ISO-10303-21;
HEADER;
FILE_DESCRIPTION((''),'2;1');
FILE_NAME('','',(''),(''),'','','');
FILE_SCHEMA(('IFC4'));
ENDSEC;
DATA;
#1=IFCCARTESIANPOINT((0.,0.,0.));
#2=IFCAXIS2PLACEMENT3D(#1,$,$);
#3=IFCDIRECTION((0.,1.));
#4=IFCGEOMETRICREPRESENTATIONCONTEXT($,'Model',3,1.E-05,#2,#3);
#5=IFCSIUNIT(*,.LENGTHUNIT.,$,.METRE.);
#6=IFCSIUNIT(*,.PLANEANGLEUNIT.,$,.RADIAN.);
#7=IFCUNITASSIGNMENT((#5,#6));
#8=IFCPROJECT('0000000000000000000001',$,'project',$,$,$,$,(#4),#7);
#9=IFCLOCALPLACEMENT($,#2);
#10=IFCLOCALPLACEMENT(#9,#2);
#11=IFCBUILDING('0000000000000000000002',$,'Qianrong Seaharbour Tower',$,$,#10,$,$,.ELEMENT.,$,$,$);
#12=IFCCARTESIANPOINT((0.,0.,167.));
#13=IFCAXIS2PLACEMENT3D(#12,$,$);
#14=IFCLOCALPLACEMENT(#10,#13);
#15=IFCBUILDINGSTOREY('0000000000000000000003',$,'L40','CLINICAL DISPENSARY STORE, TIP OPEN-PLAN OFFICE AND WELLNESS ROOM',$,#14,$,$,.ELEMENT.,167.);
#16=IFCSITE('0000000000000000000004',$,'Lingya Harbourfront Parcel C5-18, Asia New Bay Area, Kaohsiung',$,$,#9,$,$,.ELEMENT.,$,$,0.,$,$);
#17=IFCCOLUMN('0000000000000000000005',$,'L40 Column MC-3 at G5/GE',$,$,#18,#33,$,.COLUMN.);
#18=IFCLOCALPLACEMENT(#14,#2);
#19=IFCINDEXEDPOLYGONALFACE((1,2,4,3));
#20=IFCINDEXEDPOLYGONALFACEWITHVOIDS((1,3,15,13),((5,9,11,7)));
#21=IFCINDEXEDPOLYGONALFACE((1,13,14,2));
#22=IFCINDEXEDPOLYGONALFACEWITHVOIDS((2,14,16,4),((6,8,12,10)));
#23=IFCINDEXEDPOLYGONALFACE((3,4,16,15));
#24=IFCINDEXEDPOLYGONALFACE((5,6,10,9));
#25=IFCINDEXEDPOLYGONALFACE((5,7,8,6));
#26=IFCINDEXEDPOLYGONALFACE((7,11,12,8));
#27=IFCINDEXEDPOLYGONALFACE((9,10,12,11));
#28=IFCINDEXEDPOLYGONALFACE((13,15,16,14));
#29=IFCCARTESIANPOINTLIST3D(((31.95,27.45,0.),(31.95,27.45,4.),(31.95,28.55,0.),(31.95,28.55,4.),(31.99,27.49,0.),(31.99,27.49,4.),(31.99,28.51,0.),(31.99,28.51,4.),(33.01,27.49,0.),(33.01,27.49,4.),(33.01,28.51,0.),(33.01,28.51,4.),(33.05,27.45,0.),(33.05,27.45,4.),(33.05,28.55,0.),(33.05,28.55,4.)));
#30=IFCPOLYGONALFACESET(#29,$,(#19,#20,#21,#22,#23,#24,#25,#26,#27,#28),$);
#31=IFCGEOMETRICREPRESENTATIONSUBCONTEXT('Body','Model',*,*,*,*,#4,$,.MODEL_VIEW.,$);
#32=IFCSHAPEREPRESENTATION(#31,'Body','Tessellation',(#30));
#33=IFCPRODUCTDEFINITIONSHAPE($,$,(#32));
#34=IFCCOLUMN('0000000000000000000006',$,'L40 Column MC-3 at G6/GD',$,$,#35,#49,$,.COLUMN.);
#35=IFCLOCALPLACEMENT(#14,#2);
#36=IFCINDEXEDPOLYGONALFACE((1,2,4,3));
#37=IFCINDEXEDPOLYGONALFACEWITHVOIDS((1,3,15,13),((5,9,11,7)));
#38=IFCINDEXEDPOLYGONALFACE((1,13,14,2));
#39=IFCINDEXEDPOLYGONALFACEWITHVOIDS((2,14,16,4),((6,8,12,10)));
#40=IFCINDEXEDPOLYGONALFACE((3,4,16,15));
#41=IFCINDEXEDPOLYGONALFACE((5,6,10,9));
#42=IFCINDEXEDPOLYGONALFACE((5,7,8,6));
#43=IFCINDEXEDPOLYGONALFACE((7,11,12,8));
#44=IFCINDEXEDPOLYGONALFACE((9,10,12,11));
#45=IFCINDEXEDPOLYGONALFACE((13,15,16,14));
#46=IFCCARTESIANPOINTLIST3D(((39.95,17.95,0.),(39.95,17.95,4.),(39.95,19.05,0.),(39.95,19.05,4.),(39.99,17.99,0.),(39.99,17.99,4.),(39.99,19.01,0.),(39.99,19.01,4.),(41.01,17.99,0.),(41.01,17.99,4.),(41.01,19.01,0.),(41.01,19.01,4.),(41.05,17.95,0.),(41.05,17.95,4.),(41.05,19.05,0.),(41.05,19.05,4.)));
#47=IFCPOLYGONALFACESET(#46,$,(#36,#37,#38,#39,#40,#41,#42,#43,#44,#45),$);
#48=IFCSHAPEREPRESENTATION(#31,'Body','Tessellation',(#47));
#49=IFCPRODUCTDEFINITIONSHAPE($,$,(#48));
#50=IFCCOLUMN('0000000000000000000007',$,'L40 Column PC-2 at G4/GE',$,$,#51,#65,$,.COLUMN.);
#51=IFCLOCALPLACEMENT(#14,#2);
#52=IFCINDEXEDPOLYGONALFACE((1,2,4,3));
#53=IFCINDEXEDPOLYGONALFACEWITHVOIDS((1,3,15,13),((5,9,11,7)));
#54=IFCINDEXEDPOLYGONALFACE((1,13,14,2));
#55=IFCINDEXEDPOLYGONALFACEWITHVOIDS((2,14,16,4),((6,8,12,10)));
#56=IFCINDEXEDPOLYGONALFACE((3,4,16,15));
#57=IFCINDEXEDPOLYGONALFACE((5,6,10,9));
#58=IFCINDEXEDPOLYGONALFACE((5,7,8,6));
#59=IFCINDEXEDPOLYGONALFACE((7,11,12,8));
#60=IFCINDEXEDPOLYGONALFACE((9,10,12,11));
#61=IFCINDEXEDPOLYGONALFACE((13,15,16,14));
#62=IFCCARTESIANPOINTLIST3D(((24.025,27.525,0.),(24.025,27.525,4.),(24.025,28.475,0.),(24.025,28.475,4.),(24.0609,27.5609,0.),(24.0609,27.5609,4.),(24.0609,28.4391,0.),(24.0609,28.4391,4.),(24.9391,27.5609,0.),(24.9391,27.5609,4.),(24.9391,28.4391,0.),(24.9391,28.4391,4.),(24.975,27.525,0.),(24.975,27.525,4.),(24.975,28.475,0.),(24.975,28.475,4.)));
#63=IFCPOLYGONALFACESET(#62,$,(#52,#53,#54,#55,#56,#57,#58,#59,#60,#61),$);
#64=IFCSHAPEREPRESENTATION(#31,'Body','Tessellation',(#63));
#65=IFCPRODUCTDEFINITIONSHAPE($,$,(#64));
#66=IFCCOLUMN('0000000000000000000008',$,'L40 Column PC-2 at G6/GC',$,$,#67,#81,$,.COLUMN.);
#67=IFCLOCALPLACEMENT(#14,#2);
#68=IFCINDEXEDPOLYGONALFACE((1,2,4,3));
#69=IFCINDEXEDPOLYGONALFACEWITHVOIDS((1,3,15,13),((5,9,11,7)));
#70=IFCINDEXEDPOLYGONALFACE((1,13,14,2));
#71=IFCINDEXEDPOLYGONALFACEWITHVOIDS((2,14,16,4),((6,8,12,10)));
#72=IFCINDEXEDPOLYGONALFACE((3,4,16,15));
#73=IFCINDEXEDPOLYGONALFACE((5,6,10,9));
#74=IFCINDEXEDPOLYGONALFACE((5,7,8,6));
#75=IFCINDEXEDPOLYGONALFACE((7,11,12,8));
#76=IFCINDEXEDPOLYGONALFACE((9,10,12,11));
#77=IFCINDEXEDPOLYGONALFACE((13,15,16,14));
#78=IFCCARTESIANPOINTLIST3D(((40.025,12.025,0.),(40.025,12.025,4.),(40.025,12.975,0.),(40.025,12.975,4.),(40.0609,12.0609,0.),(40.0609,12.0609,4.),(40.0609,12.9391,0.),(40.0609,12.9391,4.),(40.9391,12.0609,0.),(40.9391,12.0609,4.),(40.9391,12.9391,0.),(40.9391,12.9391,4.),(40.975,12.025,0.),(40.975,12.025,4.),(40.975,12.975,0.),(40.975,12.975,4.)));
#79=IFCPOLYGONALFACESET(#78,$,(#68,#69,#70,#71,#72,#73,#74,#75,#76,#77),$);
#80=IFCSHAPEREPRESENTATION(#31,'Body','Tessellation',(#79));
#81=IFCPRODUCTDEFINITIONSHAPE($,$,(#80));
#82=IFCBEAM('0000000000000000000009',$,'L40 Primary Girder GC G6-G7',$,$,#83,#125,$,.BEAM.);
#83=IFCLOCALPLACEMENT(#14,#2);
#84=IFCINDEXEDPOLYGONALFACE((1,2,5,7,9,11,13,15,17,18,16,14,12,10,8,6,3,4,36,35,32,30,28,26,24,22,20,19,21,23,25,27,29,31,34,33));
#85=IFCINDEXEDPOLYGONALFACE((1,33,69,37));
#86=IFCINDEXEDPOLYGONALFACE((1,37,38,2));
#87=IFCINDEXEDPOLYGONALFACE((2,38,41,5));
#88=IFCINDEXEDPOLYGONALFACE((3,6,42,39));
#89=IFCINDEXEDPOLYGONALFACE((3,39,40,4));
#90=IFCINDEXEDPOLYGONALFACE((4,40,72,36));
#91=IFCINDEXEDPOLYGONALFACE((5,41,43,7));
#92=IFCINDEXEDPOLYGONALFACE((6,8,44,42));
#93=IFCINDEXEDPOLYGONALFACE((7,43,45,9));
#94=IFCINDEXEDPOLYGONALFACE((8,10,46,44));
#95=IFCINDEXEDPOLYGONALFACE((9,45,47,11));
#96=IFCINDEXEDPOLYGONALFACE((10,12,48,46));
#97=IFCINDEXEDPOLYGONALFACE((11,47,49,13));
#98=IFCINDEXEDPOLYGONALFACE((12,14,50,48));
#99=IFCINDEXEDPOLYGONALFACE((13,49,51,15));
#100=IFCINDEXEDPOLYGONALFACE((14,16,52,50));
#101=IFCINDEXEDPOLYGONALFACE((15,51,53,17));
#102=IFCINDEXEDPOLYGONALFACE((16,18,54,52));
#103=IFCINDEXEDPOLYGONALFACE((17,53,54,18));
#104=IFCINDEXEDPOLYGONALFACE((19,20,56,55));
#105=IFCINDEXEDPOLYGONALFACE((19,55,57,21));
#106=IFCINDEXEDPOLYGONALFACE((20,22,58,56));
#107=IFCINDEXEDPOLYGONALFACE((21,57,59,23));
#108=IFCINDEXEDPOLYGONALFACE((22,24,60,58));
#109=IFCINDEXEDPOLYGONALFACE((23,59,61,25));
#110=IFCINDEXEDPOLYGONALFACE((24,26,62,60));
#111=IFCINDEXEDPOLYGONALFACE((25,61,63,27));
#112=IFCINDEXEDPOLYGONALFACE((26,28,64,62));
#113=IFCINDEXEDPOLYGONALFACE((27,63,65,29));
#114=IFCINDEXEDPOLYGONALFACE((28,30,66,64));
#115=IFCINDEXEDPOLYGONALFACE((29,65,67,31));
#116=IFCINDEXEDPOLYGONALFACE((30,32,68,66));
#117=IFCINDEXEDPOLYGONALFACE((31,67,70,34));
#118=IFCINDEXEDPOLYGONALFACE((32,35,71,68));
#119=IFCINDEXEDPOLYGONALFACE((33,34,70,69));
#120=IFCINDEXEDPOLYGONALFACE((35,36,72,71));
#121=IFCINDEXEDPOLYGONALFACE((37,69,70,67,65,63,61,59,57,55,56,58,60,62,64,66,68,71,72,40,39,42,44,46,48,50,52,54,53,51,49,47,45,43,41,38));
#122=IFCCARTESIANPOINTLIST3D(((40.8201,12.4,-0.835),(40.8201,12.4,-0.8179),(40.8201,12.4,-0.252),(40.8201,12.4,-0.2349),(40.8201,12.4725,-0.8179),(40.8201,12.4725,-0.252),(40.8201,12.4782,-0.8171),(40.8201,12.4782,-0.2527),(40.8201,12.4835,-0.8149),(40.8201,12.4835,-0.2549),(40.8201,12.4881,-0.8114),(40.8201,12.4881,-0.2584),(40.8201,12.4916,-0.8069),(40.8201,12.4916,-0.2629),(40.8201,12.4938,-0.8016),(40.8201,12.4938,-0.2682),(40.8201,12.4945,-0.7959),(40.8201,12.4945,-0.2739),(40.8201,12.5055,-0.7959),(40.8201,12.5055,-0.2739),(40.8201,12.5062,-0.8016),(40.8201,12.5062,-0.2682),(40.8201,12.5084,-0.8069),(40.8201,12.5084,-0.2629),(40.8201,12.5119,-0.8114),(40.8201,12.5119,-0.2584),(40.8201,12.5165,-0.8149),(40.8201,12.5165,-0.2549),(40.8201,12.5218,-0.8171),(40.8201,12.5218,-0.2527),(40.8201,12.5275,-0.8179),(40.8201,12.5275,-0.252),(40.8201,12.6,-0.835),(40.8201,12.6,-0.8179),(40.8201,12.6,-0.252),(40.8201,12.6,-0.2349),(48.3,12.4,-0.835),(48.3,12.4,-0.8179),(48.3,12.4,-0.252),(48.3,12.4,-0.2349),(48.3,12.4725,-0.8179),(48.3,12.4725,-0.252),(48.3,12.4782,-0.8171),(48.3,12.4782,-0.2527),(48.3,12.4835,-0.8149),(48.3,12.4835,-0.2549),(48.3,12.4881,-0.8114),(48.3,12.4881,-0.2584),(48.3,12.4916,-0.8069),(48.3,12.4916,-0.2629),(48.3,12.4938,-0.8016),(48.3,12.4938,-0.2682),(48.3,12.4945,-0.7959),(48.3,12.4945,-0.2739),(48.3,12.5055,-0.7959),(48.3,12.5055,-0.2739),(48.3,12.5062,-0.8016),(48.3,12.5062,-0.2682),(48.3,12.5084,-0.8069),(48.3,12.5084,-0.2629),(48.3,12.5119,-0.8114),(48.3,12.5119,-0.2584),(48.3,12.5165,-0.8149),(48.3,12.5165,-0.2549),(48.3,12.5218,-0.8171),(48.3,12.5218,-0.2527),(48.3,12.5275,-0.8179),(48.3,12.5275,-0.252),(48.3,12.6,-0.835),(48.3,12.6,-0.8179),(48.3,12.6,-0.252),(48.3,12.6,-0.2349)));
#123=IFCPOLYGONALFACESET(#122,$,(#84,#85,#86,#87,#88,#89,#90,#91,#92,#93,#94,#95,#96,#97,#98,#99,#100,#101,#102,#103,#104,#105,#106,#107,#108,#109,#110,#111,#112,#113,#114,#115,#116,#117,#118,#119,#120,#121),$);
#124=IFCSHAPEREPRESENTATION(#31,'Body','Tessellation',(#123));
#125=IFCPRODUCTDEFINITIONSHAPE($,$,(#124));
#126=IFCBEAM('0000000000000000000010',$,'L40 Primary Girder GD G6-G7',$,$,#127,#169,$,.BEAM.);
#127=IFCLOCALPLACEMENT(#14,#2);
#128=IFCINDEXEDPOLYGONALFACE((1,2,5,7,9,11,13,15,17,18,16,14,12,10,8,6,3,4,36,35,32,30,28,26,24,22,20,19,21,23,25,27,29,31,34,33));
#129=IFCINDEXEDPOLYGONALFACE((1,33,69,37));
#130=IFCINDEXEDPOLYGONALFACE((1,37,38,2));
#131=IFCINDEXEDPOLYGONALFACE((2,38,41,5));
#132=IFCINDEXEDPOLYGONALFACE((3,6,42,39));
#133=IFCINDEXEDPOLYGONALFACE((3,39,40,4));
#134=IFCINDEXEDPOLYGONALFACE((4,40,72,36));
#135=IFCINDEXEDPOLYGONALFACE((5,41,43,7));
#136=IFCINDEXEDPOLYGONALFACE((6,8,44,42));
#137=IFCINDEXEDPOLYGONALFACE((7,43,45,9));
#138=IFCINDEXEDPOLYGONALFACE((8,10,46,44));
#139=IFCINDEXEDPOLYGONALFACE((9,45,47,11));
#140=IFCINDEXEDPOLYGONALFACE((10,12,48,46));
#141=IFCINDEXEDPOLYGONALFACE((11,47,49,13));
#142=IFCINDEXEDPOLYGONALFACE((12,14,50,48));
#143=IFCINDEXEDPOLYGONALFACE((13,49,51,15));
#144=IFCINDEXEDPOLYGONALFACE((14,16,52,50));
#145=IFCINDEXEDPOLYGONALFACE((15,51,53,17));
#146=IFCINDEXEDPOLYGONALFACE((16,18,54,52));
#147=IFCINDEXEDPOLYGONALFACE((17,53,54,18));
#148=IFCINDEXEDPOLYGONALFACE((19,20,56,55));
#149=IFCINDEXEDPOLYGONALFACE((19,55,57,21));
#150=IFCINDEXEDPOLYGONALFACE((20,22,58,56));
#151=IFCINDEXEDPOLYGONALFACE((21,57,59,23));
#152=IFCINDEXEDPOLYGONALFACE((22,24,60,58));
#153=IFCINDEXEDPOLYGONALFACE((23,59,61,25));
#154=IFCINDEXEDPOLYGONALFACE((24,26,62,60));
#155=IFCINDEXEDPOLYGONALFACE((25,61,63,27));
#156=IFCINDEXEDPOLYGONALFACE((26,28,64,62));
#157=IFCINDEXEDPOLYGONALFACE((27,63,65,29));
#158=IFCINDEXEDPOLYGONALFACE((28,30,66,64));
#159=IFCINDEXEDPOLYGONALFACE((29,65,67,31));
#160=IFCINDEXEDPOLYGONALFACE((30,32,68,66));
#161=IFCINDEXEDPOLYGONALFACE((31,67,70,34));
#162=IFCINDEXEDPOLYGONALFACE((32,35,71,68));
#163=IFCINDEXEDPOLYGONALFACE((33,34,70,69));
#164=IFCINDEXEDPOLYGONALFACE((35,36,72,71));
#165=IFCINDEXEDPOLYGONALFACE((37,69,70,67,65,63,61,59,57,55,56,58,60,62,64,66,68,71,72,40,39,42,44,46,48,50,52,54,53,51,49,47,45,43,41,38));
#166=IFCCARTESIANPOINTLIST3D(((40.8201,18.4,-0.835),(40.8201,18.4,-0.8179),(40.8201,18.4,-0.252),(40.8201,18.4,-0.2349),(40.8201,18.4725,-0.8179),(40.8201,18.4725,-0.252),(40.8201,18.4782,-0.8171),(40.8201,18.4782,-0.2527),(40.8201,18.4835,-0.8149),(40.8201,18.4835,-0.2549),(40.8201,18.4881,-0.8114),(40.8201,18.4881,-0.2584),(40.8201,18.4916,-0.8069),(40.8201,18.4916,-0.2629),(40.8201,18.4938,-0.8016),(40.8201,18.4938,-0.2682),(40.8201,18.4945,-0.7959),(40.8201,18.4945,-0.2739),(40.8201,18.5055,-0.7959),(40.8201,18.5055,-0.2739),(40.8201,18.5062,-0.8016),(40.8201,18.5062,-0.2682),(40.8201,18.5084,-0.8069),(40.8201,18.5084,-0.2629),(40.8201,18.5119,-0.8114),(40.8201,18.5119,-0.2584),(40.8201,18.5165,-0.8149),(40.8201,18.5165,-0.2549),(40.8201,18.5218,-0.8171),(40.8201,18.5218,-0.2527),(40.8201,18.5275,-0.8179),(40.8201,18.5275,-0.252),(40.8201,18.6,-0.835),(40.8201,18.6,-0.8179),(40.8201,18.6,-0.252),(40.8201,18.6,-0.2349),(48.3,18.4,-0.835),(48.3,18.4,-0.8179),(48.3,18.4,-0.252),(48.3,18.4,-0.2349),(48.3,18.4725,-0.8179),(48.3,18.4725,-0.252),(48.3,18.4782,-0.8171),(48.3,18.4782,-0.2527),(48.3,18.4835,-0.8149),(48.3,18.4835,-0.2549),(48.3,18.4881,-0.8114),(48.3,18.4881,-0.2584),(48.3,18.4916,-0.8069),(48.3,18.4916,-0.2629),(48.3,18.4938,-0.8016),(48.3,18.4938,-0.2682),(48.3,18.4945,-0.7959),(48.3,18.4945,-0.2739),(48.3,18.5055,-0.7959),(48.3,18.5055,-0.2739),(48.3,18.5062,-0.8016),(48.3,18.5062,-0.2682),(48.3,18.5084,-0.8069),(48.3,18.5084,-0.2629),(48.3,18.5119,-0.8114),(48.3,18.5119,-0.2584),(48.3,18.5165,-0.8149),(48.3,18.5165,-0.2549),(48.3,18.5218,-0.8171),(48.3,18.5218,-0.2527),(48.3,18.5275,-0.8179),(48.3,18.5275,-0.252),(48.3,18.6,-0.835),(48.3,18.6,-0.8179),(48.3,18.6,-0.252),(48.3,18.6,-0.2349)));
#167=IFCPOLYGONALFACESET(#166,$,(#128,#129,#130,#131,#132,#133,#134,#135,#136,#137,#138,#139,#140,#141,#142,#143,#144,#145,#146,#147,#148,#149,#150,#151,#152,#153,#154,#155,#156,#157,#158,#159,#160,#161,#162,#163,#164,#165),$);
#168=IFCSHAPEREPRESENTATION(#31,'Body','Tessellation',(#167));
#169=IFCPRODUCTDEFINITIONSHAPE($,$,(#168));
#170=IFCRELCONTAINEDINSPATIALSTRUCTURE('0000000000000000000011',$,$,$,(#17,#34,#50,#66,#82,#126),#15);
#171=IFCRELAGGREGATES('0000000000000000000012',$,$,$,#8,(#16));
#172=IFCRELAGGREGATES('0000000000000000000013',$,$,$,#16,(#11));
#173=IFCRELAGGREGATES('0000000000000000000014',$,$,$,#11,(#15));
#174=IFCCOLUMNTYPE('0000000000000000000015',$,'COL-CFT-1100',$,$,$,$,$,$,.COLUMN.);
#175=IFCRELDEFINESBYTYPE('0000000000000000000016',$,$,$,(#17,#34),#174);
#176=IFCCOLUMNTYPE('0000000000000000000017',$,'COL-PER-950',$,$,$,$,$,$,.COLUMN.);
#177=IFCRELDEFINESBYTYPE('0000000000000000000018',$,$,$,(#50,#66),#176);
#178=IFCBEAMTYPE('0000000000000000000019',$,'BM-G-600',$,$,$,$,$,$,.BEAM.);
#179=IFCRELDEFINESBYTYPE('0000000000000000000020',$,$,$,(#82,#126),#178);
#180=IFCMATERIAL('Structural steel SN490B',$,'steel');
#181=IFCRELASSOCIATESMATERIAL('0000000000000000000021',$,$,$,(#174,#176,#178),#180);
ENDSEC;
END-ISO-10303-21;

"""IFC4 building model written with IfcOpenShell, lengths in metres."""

from ifc_helpers import new_model, si_unit, direction, frame, origin, origin_2d, place, context, subcontext, project, spatial, hollow_rectangle, i_section, extrude, material, material_profile, profile_set, type_object, element, save


model = new_model("IFC4")

# Units and contexts
model_context = context("Model", 3, precision=1e-05, world=origin(), true_north=direction((0.0, 1.0)))
body_context = subcontext(model_context, "Body", "Model", "MODEL_VIEW")
ifc_project = project(units=[si_unit("LENGTHUNIT", "METRE"), si_unit("PLANEANGLEUNIT", "RADIAN")], contexts=[model_context])

# Site, building, storey
site_placement = place(None, origin())
site = spatial("IfcSite", under=ifc_project, at=site_placement, Name="Lingya Harbourfront Parcel C5-18, Asia New Bay Area, Kaohsiung", CompositionType="ELEMENT", RefElevation=0.0)
building_placement = place(site_placement, origin())
building = spatial("IfcBuilding", under=site, at=building_placement, Name="Qianrong Seaharbour Tower", CompositionType="ELEMENT")
storey_placement = place(building_placement, frame((0.0, 0.0, 167.0)))
storey = spatial("IfcBuildingStorey", under=building, at=storey_placement, Name="L40", Description="CLINICAL DISPENSARY STORE, TIP OPEN-PLAN OFFICE AND WELLNESS ROOM", CompositionType="ELEMENT", Elevation=167.0)

# Columns
ifc_material_1 = material(Name="Structural steel SN490B", Category="steel")
ifc_material_profile_1 = material_profile(ifc_material_1, hollow_rectangle(XDim=1.1001, YDim=1.1001, WallThickness=0.04, at=origin_2d()), Name="BOX1100x1100x40")
ifc_profile_set_1 = profile_set([ifc_material_profile_1], Name="Structural steel SN490B")
column_type_1 = type_object("IfcColumnType", Name="COL-CFT-1100", PredefinedType="COLUMN", material=ifc_profile_set_1)
for number, where, z_axis, x_axis, name in (
    (1, (32.5, 28.0, 0.0), (0.0, 0.0, 1.0), (1.0, 0.0, 0.0), "L40 Column MC-3 at G5/GE"),
    (2, (40.5, 18.5, 0.0), (0.0, 0.0, 1.0), (1.0, 0.0, 0.0), "L40 Column MC-3 at G6/GD"),
):
    element("IfcColumn", number, at=place(storey_placement, frame(where, z_axis=z_axis, x_axis=x_axis)), inside=storey, type_object=column_type_1, Name=name, PredefinedType="COLUMN", context=body_context, shape_type="SweptSolid", body=[
        extrude(hollow_rectangle(XDim=1.1001, YDim=1.1001, WallThickness=0.04, at=origin_2d()), origin(), (0.0, 0.0, 1.0), 4.0),
    ])
ifc_material_profile_2 = material_profile(ifc_material_1, hollow_rectangle(XDim=0.95, YDim=0.95, WallThickness=0.0359, at=origin_2d()), Name="BOX950x950x36")
ifc_profile_set_2 = profile_set([ifc_material_profile_2], Name="Structural steel SN490B")
column_type_2 = type_object("IfcColumnType", Name="COL-PER-950", PredefinedType="COLUMN", material=ifc_profile_set_2)
for number, where, z_axis, x_axis, name in (
    (3, (24.5, 28.0, 0.0), (0.0, 0.0, 1.0), (1.0, 0.0, 0.0), "L40 Column PC-2 at G4/GE"),
    (4, (40.5, 12.5, 0.0), (0.0, 0.0, 1.0), (1.0, 0.0, 0.0), "L40 Column PC-2 at G6/GC"),
):
    element("IfcColumn", number, at=place(storey_placement, frame(where, z_axis=z_axis, x_axis=x_axis)), inside=storey, type_object=column_type_2, Name=name, PredefinedType="COLUMN", context=body_context, shape_type="SweptSolid", body=[
        extrude(hollow_rectangle(XDim=0.95, YDim=0.95, WallThickness=0.0359, at=origin_2d()), origin(), (0.0, 0.0, 1.0), 4.0),
    ])

# Beams
ifc_material_profile_3 = material_profile(ifc_material_1, i_section(OverallWidth=0.2, OverallDepth=0.6001, WebThickness=0.011, FlangeThickness=0.0171, FilletRadius=0.022, at=origin_2d()), Name="H600x200x11x17")
ifc_profile_set_3 = profile_set([ifc_material_profile_3], Name="Structural steel SN490B")
beam_type_1 = type_object("IfcBeamType", Name="BM-G-600", PredefinedType="BEAM", material=ifc_profile_set_3)
for number, where, z_axis, x_axis, name in (
    (5, (40.8201, 12.5, -0.5349), (1.0, 0.0, 0.0), (0.0, 1.0, 0.0), "L40 Primary Girder GC G6-G7"),
    (6, (40.8201, 18.5, -0.5349), (1.0, 0.0, 0.0), (0.0, 1.0, 0.0), "L40 Primary Girder GD G6-G7"),
):
    element("IfcBeam", number, at=place(storey_placement, frame(where, z_axis=z_axis, x_axis=x_axis)), inside=storey, type_object=beam_type_1, Name=name, PredefinedType="BEAM", context=body_context, shape_type="SweptSolid", body=[
        extrude(i_section(OverallWidth=0.2, OverallDepth=0.6001, WebThickness=0.011, FlangeThickness=0.0171, FilletRadius=0.022, at=origin_2d()), origin(), (0.0, 0.0, 1.0), 7.48),
    ])

save(model, "model.ifc")
